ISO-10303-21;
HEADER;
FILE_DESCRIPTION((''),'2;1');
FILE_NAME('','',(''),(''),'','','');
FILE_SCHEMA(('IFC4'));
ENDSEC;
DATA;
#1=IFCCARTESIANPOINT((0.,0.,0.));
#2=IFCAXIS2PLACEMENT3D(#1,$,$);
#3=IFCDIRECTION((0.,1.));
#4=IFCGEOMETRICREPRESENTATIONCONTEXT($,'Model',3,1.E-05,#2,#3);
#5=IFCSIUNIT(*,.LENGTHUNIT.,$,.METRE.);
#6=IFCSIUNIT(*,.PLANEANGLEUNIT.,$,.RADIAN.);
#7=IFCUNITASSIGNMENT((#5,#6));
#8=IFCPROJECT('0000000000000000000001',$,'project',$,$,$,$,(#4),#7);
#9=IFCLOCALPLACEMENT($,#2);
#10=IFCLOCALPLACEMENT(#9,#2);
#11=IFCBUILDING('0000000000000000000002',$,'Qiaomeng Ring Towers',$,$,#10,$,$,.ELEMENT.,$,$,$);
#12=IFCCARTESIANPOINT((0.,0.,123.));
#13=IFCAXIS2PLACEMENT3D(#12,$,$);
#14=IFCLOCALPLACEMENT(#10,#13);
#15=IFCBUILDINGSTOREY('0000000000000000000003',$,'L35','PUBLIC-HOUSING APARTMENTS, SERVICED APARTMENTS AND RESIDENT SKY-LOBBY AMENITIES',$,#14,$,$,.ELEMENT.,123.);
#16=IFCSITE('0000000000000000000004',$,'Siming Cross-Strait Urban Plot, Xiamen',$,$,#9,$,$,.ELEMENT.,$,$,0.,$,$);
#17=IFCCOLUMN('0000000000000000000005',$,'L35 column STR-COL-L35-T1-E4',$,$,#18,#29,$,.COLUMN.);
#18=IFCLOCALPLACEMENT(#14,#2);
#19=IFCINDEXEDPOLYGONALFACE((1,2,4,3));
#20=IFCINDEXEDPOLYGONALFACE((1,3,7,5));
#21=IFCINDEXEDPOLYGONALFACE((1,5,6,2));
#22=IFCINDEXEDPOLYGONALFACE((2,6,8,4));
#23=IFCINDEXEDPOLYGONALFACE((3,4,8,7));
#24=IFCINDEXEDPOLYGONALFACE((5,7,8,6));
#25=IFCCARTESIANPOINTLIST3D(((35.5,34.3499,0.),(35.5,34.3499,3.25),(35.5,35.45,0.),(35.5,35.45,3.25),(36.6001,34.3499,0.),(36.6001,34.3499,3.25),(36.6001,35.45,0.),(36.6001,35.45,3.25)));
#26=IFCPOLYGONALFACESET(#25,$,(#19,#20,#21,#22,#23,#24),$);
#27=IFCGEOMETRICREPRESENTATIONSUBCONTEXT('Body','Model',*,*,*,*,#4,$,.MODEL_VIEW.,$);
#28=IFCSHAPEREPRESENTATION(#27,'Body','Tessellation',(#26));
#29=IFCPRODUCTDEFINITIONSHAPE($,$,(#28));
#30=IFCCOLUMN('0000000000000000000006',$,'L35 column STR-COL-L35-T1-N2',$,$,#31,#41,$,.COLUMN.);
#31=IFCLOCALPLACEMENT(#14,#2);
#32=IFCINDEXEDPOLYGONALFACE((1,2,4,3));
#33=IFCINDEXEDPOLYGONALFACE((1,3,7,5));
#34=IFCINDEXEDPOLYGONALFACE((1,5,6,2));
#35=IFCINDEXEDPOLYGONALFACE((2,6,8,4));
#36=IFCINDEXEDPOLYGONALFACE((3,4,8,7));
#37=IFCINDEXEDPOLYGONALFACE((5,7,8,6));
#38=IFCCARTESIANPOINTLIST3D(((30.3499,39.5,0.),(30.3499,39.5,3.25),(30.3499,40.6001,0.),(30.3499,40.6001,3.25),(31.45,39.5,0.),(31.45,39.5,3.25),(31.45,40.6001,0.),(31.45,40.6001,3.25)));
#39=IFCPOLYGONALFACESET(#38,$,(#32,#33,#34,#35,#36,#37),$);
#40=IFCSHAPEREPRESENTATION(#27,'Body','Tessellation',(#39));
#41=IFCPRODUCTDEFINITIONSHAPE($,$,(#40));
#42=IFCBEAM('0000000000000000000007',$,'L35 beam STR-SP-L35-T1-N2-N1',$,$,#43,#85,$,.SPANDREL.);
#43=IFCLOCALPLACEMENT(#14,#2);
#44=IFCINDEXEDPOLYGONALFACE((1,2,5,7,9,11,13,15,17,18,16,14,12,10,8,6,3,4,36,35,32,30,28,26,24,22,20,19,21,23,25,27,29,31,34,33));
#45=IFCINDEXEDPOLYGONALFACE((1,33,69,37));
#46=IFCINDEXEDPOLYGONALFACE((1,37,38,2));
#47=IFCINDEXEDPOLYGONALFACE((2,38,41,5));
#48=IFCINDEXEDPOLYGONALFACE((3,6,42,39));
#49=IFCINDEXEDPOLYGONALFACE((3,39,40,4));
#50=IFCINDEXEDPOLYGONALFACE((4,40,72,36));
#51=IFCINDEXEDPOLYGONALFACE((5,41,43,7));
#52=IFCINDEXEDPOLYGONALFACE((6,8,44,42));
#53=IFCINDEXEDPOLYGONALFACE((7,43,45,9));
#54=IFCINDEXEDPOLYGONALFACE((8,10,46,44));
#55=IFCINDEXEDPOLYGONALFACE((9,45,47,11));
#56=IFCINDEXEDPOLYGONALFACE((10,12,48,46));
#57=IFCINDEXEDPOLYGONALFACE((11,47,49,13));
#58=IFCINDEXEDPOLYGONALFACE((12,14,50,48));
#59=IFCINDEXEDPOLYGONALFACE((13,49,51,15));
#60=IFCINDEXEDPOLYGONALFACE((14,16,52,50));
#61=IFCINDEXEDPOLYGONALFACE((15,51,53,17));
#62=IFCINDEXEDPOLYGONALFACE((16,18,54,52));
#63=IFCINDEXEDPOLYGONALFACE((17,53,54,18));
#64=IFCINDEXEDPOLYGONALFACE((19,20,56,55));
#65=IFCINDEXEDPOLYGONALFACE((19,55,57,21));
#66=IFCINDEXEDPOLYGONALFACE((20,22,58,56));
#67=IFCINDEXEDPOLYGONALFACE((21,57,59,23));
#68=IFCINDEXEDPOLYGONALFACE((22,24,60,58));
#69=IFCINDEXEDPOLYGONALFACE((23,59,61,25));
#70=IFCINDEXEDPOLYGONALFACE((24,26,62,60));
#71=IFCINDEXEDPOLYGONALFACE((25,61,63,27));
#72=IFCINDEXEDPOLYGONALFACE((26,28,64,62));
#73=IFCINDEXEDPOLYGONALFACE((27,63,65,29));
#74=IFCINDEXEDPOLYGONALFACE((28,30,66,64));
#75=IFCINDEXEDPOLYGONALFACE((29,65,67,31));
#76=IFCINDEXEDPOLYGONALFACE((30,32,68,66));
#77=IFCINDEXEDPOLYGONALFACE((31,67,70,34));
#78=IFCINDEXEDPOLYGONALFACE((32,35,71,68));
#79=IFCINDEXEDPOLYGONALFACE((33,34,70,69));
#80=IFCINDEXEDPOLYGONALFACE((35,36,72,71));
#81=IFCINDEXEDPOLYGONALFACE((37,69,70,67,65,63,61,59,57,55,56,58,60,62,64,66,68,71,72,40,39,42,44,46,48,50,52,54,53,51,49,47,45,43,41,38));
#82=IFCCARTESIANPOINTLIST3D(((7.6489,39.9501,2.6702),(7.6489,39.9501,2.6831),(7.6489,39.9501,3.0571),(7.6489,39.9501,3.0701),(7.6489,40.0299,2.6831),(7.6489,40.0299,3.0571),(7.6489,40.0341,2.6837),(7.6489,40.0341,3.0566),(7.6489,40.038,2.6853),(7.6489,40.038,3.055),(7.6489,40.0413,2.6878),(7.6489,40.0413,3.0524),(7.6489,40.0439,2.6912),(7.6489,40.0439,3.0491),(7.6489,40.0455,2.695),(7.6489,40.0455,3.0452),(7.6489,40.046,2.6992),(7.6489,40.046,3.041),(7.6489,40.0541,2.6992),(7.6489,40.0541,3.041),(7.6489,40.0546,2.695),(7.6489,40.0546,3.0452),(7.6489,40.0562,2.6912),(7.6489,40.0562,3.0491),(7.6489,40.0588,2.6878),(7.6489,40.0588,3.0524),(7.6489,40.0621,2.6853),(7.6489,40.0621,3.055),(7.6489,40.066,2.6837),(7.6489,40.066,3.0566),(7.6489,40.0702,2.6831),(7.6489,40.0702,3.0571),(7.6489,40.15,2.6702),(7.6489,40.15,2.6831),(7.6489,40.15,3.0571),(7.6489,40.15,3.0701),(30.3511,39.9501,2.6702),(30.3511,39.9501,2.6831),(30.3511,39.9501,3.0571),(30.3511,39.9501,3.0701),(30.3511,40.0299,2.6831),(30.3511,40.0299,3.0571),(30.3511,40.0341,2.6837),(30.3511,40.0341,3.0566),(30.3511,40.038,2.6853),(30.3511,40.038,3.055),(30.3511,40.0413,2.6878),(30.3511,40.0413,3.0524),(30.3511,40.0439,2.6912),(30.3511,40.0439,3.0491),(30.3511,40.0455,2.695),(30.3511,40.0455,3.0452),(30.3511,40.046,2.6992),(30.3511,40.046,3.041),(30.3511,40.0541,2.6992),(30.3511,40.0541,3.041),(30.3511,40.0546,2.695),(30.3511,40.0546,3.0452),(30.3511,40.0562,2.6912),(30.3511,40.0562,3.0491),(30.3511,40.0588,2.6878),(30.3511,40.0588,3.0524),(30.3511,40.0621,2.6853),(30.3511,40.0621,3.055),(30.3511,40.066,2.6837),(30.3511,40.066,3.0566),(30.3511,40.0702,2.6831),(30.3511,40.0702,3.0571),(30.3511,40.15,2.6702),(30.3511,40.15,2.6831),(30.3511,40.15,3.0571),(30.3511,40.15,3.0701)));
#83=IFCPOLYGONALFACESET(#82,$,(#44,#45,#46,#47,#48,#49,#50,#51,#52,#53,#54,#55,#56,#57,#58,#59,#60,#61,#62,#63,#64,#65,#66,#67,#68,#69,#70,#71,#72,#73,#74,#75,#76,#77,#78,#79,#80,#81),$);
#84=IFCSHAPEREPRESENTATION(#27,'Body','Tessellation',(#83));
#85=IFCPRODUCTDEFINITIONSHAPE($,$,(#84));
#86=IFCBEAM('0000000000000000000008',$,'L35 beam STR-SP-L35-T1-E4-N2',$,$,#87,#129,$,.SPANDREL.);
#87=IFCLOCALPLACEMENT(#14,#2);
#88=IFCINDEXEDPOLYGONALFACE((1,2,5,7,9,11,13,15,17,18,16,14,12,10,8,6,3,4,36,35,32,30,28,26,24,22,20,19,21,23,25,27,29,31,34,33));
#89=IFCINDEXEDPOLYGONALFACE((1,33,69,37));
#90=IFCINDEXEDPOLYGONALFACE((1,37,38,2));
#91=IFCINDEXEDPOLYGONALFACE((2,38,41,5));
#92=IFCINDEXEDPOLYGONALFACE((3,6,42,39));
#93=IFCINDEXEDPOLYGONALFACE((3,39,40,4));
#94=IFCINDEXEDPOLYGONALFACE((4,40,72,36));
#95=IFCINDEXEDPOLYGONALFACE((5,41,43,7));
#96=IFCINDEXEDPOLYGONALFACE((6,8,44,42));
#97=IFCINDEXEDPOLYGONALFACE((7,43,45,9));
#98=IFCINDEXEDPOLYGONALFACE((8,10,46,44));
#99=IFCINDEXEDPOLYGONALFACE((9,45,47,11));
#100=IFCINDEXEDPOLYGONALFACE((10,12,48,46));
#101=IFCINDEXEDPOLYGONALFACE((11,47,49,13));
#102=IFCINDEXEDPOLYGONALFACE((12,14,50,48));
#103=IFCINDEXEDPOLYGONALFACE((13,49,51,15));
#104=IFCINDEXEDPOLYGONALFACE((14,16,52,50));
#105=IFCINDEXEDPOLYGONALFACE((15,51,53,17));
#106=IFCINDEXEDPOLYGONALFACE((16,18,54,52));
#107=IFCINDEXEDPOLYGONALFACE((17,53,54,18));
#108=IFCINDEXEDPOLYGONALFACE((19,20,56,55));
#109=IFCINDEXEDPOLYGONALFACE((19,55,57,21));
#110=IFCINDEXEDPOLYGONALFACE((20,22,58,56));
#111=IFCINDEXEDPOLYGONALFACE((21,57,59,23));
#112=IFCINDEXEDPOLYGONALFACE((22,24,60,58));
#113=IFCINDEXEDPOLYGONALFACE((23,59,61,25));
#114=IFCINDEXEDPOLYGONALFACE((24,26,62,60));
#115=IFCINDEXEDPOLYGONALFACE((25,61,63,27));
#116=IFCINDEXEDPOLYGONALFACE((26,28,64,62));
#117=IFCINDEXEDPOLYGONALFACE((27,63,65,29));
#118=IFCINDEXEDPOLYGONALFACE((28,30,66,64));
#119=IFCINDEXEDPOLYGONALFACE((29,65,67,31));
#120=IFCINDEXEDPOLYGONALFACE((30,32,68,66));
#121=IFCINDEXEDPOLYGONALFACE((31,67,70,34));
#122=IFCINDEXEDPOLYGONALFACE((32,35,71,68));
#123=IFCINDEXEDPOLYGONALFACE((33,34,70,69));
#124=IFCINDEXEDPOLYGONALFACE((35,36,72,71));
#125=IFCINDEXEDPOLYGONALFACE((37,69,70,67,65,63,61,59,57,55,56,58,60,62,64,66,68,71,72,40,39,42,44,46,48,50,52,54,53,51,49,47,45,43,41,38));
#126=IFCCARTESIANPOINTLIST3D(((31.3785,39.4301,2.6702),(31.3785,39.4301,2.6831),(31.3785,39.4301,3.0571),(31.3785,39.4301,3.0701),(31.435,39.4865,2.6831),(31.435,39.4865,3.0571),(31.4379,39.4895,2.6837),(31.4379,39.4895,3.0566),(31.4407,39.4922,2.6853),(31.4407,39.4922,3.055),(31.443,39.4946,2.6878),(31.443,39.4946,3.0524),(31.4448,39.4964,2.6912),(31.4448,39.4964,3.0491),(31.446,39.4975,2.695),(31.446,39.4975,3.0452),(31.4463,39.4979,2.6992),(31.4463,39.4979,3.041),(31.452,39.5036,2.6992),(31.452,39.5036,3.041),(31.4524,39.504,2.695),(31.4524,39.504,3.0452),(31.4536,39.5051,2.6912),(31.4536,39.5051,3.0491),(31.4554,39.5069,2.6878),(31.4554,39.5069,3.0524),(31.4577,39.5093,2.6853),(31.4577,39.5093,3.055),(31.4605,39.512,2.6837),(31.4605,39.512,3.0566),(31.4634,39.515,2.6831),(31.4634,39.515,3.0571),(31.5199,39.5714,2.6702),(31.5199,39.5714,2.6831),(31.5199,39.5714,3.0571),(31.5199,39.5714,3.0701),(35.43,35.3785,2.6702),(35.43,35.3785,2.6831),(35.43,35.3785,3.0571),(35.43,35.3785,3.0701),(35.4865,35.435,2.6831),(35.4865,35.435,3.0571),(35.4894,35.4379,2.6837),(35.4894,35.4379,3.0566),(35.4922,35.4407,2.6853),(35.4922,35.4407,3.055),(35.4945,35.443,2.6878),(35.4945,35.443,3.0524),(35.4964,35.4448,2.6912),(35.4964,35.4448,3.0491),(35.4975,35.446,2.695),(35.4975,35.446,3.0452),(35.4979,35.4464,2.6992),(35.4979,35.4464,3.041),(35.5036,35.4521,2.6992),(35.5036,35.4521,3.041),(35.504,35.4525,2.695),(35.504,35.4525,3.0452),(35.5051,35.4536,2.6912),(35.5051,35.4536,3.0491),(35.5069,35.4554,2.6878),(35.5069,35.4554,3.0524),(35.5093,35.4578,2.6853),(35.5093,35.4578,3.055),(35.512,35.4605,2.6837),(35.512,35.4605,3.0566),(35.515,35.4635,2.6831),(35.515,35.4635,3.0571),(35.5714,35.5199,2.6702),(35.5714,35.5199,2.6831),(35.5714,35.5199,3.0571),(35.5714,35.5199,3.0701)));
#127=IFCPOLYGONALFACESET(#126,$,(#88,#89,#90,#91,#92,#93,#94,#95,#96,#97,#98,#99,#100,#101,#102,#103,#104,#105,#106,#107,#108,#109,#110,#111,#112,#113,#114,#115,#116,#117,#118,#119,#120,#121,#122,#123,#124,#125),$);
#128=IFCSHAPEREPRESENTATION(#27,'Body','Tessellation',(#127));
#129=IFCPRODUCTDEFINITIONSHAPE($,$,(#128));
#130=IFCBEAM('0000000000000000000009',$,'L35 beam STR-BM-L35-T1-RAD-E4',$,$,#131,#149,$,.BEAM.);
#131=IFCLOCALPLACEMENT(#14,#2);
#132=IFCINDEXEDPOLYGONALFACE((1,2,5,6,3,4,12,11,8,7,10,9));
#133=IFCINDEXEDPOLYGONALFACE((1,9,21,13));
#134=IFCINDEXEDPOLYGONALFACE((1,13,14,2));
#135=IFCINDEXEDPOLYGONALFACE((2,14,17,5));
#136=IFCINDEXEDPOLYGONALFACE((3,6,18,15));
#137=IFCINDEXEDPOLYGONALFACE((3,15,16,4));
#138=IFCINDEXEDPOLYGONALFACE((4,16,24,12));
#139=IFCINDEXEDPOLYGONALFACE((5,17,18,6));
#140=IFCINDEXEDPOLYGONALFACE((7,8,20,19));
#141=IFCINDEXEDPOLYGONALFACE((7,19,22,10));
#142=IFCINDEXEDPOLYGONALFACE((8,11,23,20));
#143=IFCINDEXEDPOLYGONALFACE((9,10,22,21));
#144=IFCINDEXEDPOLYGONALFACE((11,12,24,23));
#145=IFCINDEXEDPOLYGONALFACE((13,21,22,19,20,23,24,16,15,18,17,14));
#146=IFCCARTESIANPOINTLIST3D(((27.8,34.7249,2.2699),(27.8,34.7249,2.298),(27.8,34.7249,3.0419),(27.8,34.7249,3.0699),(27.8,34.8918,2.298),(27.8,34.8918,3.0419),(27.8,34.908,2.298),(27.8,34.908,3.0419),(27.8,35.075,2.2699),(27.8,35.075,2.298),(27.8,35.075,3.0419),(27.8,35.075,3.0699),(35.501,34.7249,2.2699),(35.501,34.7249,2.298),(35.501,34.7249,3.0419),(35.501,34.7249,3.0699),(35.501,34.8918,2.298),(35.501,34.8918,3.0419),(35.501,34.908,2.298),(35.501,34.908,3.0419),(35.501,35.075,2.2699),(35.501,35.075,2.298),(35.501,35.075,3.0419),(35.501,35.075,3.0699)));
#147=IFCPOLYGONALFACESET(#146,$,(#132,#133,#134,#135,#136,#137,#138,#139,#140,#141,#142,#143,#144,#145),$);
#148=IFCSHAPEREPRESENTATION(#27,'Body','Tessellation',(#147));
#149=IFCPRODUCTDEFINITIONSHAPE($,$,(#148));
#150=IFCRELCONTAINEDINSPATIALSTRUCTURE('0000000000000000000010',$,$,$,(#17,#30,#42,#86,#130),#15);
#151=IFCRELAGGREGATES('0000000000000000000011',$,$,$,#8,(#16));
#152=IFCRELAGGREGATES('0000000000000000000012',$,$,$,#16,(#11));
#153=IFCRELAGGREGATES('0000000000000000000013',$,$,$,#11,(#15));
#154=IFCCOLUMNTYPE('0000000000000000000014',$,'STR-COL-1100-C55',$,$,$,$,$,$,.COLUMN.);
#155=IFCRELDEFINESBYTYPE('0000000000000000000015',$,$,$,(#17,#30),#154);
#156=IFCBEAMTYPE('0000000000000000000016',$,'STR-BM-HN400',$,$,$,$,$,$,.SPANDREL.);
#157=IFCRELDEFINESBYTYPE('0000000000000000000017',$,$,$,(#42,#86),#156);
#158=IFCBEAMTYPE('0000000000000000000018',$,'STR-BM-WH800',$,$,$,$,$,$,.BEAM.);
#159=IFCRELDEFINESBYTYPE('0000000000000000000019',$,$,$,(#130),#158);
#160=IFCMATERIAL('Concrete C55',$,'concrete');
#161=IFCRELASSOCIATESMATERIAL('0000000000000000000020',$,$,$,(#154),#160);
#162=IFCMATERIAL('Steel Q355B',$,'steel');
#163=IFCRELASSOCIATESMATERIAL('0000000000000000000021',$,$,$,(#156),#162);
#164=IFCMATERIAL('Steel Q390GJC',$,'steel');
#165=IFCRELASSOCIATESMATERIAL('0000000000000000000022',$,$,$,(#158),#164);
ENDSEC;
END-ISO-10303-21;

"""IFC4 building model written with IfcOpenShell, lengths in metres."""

from ifc_helpers import new_model, si_unit, direction, frame, origin, origin_2d, place, context, subcontext, project, spatial, rectangle, i_section, extrude, source, transform, mapped, material, material_profile, profile_set, type_object, element, save


model = new_model("IFC4")

# Units and contexts
model_context = context("Model", 3, precision=1e-05, world=origin(), true_north=direction((0.0, 1.0)))
body_context = subcontext(model_context, "Body", "Model", "MODEL_VIEW")
ifc_project = project(units=[si_unit("LENGTHUNIT", "METRE"), si_unit("PLANEANGLEUNIT", "RADIAN")], contexts=[model_context])

# Site, building, storey
site_placement = place(None, origin())
site = spatial("IfcSite", under=ifc_project, at=site_placement, Name="Siming Cross-Strait Urban Plot, Xiamen", CompositionType="ELEMENT", RefElevation=0.0)
building_placement = place(site_placement, origin())
building = spatial("IfcBuilding", under=site, at=building_placement, Name="Qiaomeng Ring Towers", CompositionType="ELEMENT")
storey_placement = place(building_placement, frame((0.0, 0.0, 123.0)))
storey = spatial("IfcBuildingStorey", under=building, at=storey_placement, Name="L35", Description="PUBLIC-HOUSING APARTMENTS, SERVICED APARTMENTS AND RESIDENT SKY-LOBBY AMENITIES", CompositionType="ELEMENT", Elevation=123.0)

# Columns
ifc_material_1 = material(Name="Concrete C55", Category="concrete")
ifc_material_profile_1 = material_profile(ifc_material_1, rectangle(XDim=1.1001, YDim=1.1001, at=origin_2d()), Name="RC COL 1100x1100")
ifc_profile_set_1 = profile_set([ifc_material_profile_1], Name="Concrete C55")
column_type = type_object("IfcColumnType", Name="STR-COL-1100-C55", PredefinedType="COLUMN", material=ifc_profile_set_1)
shared_shape_1 = source(origin(), body_context, "Body", "SweptSolid", [
    extrude(rectangle(XDim=1.1001, YDim=1.1001, at=origin_2d()), origin(), (0.0, 0.0, 1.0), 3.25),
])
for number, where, z_axis, x_axis, name in (
    (1, (36.05, 34.8999, 0.0), (0.0, 0.0, 1.0), (1.0, 0.0, 0.0), "L35 column STR-COL-L35-T1-E4"),
    (2, (30.8999, 40.05, 0.0), (0.0, 0.0, 1.0), (1.0, 0.0, 0.0), "L35 column STR-COL-L35-T1-N2"),
):
    element("IfcColumn", number, at=place(storey_placement, frame(where, z_axis=z_axis, x_axis=x_axis)), inside=storey, type_object=column_type, Name=name, PredefinedType="COLUMN", context=body_context, shape_type="MappedRepresentation", body=[
        mapped(shared_shape_1, transform((0.0, 0.0, 0.0), x_axis=(1.0, 0.0, 0.0), y_axis=(0.0, 1.0, 0.0), z_axis=(0.0, 0.0, 1.0), scale=1.0)),
    ])

# Beams
ifc_material_2 = material(Name="Steel Q355B", Category="steel")
ifc_material_profile_2 = material_profile(ifc_material_2, i_section(OverallWidth=0.2, OverallDepth=0.3999, WebThickness=0.0081, FlangeThickness=0.0129, FilletRadius=0.0161, at=origin_2d()), Name="HN 400x200x8x13")
ifc_profile_set_2 = profile_set([ifc_material_profile_2], Name="Steel Q355B")
beam_type_1 = type_object("IfcBeamType", Name="STR-BM-HN400", PredefinedType="SPANDREL", material=ifc_profile_set_2)
shared_shape_2 = source(origin(), body_context, "Body", "SweptSolid", [
    extrude(i_section(OverallWidth=0.2, OverallDepth=0.3999, WebThickness=0.0081, FlangeThickness=0.0129, FilletRadius=0.0161, at=origin_2d()), origin(), (0.0, 0.0, 1.0), 22.7021),
])
beam_1_placement = place(storey_placement, frame((30.3511, 40.05, 2.8701), z_axis=(-1.0, 0.0, 0.0), x_axis=(0.0, -1.0, 0.0)))
element("IfcBeam", 3, at=beam_1_placement, inside=storey, type_object=beam_type_1, Name="L35 beam STR-SP-L35-T1-N2-N1", PredefinedType="SPANDREL", context=body_context, shape_type="MappedRepresentation", body=[
    mapped(shared_shape_2, transform((0.0, 0.0, 0.0), x_axis=(1.0, 0.0, 0.0), y_axis=(0.0, 1.0, 0.0), z_axis=(0.0, 0.0, 1.0), scale=1.0)),
])
shared_shape_3 = source(origin(), body_context, "Body", "SweptSolid", [
    extrude(i_section(OverallWidth=0.2, OverallDepth=0.3999, WebThickness=0.0081, FlangeThickness=0.0129, FilletRadius=0.0161, at=origin_2d()), origin(), (0.0, 0.0, 1.0), 5.7297),
])
beam_2_placement = place(storey_placement, frame((35.5007, 35.4492, 2.8701), z_axis=(-0.707107, 0.707107, 0.0), x_axis=(-0.707107, -0.707107, 0.0)))
element("IfcBeam", 4, at=beam_2_placement, inside=storey, type_object=beam_type_1, Name="L35 beam STR-SP-L35-T1-E4-N2", PredefinedType="SPANDREL", context=body_context, shape_type="MappedRepresentation", body=[
    mapped(shared_shape_3, transform((0.0, 0.0, 0.0), x_axis=(1.0, 0.0, 0.0), y_axis=(0.0, 1.0, 0.0), z_axis=(0.0, 0.0, 1.0), scale=1.0)),
])
ifc_material_3 = material(Name="Steel Q390GJC", Category="steel")
ifc_material_profile_3 = material_profile(ifc_material_3, i_section(OverallWidth=0.3501, OverallDepth=0.8, WebThickness=0.0161, FlangeThickness=0.0281, at=origin_2d()), Name="WH 800x350x16x28")
ifc_profile_set_3 = profile_set([ifc_material_profile_3], Name="Steel Q390GJC")
beam_type_2 = type_object("IfcBeamType", Name="STR-BM-WH800", PredefinedType="BEAM", material=ifc_profile_set_3)
shared_shape_4 = source(origin(), body_context, "Body", "SweptSolid", [
    extrude(i_section(OverallWidth=0.3501, OverallDepth=0.8, WebThickness=0.0161, FlangeThickness=0.0281, at=origin_2d()), origin(), (0.0, 0.0, 1.0), 7.7009),
])
beam_3_placement = place(storey_placement, frame((27.8, 34.8999, 2.6699), z_axis=(1.0, 0.0, 0.0), x_axis=(0.0, 1.0, 0.0)))
element("IfcBeam", 5, at=beam_3_placement, inside=storey, type_object=beam_type_2, Name="L35 beam STR-BM-L35-T1-RAD-E4", PredefinedType="BEAM", context=body_context, shape_type="MappedRepresentation", body=[
    mapped(shared_shape_4, transform((0.0, 0.0, 0.0), x_axis=(1.0, 0.0, 0.0), y_axis=(0.0, 1.0, 0.0), z_axis=(0.0, 0.0, 1.0), scale=1.0)),
])

save(model, "model.ifc")
